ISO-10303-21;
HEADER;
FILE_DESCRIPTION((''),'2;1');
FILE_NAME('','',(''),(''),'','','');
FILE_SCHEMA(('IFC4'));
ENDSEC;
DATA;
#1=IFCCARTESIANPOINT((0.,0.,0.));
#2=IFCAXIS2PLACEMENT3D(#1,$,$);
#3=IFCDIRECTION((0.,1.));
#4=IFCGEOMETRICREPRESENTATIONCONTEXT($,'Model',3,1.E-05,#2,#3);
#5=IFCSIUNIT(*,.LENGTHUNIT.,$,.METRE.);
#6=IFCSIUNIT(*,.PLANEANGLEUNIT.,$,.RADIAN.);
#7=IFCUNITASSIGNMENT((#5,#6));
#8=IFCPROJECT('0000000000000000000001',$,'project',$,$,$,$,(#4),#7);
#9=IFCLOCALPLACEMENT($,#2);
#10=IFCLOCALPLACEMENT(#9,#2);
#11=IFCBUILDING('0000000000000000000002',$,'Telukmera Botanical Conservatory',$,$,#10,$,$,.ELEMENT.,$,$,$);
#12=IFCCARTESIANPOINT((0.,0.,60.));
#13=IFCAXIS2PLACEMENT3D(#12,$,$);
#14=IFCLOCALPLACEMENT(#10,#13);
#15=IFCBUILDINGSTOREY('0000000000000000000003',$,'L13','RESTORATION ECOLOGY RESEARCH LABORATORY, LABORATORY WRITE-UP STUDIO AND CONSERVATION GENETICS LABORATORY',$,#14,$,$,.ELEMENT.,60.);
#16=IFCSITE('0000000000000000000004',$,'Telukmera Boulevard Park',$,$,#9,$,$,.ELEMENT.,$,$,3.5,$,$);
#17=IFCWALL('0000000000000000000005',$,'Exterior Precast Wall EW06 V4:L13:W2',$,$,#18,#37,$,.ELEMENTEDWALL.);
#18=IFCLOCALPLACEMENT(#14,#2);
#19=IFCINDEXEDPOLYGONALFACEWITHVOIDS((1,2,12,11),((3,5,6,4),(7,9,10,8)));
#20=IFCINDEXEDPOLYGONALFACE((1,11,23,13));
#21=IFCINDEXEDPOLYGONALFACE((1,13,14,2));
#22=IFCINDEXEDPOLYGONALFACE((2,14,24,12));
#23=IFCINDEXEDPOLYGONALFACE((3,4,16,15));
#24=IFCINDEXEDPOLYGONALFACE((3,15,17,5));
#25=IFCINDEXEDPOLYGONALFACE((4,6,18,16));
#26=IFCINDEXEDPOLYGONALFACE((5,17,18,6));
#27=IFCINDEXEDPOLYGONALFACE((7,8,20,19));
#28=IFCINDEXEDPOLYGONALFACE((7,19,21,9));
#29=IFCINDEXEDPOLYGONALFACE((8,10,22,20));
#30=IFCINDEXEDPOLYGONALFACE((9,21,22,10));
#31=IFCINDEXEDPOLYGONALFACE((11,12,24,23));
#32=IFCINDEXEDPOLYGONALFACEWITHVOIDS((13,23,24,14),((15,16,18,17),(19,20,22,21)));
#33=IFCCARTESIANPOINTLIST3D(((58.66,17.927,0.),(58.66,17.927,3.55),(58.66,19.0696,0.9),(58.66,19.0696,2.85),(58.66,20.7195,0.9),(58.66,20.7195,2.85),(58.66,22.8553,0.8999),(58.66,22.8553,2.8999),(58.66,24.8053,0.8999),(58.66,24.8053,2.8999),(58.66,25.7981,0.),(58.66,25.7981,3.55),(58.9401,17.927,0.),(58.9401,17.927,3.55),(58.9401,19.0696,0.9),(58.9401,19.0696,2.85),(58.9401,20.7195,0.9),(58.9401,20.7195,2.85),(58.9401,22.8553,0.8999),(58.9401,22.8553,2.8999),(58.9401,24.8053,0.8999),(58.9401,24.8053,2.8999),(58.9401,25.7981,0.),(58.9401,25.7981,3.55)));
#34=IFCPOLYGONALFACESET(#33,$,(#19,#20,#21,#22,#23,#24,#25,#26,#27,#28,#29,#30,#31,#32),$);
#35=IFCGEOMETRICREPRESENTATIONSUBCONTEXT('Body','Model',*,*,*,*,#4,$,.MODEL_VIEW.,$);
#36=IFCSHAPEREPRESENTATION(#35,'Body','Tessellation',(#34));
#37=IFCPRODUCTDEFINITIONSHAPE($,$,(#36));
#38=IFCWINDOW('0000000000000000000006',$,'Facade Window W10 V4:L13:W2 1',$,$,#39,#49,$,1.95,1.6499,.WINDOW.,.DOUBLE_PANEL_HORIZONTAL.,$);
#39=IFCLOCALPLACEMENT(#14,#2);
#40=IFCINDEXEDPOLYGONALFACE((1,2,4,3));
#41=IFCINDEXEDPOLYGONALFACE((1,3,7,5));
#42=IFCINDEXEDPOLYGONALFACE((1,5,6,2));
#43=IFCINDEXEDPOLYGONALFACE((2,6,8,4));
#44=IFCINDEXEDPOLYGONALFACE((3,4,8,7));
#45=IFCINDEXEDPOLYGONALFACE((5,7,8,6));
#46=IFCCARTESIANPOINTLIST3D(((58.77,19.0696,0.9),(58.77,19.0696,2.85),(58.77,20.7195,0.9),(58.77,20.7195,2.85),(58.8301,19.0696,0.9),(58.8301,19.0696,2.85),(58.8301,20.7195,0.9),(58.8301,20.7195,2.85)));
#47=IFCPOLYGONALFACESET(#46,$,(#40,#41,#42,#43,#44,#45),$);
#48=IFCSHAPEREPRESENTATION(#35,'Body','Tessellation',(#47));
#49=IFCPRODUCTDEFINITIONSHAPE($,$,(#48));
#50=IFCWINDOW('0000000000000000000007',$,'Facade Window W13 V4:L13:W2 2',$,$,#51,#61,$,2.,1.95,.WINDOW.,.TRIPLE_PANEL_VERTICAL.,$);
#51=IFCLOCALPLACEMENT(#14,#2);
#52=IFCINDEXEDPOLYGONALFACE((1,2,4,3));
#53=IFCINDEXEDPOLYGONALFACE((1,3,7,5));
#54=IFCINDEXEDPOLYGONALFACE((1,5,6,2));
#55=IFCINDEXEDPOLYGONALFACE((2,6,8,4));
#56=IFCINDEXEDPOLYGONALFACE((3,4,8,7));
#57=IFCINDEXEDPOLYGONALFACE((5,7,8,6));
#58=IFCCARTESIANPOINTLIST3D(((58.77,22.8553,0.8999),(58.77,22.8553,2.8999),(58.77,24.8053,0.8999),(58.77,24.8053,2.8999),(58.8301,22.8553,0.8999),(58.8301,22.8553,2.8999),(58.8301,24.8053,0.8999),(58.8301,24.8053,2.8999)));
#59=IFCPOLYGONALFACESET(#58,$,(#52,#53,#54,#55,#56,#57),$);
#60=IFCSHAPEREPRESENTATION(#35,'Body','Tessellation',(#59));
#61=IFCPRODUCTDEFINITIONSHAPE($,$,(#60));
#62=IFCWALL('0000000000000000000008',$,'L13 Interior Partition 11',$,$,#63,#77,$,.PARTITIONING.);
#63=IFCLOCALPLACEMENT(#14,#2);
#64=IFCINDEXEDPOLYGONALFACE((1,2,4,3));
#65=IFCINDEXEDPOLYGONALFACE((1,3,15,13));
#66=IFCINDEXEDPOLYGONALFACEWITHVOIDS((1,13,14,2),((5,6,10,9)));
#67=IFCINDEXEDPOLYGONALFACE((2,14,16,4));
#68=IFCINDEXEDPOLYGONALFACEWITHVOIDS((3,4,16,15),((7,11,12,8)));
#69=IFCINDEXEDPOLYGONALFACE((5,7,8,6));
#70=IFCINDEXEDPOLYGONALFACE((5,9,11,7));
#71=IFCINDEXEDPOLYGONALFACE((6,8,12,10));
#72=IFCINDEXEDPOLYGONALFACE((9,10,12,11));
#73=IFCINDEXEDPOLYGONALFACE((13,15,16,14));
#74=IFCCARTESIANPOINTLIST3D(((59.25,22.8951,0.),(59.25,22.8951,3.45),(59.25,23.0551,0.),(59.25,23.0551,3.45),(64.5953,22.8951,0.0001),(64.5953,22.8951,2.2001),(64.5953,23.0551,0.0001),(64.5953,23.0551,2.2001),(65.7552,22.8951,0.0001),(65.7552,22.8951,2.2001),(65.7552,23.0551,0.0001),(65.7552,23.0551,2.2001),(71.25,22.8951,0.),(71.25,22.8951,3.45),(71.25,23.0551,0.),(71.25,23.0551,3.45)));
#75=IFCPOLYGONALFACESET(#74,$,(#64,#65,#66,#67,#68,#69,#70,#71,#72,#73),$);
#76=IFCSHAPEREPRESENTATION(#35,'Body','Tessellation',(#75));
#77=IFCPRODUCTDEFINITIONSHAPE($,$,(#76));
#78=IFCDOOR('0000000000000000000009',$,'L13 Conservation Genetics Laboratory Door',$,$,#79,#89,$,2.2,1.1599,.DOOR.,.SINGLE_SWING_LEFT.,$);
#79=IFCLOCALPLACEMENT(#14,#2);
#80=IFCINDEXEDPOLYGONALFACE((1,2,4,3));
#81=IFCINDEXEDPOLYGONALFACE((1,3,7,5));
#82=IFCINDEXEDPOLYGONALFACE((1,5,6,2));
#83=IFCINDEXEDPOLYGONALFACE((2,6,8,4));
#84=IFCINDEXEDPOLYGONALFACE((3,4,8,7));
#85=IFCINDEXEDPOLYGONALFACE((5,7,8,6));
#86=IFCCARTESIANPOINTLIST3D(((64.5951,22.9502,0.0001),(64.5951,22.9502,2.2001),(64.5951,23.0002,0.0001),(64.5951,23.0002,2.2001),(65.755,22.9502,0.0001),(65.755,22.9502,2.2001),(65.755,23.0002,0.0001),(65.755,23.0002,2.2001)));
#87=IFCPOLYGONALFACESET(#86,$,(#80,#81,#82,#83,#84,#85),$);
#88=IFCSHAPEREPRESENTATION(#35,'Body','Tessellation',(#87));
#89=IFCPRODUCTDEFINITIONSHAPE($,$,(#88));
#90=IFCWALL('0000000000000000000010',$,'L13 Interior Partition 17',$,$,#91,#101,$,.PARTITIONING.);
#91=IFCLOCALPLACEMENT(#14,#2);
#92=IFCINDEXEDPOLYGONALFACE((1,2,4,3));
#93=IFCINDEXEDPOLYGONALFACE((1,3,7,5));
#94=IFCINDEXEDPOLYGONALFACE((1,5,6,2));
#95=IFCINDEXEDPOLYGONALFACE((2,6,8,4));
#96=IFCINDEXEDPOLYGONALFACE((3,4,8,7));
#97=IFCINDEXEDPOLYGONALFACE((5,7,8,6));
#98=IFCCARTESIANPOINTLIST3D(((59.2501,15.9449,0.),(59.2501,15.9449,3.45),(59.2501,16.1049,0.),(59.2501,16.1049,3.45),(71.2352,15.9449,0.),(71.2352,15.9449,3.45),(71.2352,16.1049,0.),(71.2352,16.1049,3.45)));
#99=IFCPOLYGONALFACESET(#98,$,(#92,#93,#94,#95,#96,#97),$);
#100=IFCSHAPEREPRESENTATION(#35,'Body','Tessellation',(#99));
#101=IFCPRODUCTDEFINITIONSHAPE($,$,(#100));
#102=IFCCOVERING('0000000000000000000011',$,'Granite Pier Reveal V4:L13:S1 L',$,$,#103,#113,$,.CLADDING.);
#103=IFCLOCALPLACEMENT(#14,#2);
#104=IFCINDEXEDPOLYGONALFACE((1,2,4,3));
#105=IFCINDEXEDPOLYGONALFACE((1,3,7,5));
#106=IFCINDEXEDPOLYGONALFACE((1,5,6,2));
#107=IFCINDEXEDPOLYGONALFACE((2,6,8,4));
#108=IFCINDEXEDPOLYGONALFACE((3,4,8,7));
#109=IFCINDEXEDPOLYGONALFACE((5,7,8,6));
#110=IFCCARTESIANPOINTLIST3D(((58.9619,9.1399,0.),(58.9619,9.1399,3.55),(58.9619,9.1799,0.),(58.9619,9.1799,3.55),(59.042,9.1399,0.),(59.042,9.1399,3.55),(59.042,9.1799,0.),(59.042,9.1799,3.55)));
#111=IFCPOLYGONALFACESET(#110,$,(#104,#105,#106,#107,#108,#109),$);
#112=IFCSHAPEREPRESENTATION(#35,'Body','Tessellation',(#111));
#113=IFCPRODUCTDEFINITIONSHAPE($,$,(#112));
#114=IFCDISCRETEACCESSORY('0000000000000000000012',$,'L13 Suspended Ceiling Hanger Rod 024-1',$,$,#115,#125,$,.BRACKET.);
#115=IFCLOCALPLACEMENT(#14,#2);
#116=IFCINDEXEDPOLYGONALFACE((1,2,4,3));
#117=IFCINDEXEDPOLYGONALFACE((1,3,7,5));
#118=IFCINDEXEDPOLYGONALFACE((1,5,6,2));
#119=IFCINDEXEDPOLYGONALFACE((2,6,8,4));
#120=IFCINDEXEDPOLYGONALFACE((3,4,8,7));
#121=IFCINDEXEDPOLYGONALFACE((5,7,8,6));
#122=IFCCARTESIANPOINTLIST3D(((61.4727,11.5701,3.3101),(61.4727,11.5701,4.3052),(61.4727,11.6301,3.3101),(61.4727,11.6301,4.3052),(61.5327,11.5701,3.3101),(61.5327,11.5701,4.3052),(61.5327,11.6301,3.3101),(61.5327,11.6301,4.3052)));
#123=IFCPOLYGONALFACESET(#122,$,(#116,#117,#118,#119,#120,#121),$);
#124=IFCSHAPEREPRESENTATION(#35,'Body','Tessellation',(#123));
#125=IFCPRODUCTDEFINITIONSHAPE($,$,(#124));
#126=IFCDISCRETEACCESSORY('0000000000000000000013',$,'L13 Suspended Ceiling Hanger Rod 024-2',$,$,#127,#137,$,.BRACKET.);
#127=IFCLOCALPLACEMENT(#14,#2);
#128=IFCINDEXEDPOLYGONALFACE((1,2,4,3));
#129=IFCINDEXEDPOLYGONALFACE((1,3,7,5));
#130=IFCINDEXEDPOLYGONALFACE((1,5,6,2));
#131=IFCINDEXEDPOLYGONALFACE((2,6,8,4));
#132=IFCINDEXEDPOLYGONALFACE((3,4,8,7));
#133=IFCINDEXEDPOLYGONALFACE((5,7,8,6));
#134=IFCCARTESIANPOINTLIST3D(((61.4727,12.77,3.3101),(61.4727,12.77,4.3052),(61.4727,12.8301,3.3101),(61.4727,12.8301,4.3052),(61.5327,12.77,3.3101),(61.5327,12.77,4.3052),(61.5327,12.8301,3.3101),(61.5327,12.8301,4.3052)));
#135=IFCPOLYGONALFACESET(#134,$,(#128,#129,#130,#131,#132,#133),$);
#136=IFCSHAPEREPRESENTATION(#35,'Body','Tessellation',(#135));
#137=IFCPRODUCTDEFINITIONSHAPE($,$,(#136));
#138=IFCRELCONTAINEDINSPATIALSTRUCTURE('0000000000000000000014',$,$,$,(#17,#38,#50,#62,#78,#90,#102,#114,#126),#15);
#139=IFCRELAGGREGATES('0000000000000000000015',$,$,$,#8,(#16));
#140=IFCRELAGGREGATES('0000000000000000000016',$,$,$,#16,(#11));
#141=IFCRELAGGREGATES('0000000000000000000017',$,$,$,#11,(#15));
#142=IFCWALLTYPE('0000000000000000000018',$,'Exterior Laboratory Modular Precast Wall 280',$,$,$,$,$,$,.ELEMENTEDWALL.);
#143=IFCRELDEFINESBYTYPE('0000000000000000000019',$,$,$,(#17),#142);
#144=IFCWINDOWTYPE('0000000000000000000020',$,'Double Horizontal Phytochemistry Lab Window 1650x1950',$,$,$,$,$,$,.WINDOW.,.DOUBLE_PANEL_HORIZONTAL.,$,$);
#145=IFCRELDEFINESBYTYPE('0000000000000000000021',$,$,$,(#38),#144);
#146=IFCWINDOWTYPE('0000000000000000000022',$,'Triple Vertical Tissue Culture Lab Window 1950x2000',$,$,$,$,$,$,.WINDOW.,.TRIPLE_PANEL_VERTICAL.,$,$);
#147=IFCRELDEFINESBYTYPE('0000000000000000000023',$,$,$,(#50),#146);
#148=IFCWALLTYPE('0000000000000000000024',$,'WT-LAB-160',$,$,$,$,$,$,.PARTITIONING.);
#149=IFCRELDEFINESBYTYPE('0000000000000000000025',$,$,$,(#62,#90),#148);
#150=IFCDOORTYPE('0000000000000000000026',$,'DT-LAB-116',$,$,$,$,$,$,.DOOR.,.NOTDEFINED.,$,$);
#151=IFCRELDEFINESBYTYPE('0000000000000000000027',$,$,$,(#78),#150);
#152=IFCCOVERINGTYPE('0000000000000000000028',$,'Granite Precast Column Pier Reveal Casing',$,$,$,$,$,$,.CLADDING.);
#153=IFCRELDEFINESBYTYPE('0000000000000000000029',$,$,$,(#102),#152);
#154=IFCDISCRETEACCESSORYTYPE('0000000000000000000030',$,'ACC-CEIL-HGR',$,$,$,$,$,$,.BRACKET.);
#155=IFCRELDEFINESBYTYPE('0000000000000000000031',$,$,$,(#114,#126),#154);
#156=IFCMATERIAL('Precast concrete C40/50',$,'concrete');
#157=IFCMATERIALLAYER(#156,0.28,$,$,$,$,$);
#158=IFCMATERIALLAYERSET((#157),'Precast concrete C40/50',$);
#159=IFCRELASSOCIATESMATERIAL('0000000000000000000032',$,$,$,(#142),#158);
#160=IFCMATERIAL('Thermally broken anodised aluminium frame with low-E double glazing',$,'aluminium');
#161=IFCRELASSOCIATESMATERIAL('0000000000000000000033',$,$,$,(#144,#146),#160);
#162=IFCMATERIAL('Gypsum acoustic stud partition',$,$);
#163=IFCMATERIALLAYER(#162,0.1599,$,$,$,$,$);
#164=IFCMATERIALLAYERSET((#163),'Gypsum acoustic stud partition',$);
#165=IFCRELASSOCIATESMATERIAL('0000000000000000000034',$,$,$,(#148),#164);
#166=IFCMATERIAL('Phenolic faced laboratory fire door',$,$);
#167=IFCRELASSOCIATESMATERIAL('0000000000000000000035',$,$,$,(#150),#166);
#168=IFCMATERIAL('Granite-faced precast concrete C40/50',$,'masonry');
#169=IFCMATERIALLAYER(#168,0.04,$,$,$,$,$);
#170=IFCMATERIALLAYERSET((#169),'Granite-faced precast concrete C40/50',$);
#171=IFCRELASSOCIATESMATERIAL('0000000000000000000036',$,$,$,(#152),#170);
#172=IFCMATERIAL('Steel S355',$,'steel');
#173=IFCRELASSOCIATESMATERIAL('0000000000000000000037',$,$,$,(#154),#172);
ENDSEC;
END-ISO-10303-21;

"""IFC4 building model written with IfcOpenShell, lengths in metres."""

from ifc_helpers import new_model, si_unit, direction, frame, frame_2d, origin, origin_2d, place, context, subcontext, project, spatial, rectangle, extrude, material, layer, layer_set, type_object, element, fill, save


model = new_model("IFC4")

# Units and contexts
model_context = context("Model", 3, precision=1e-05, world=origin(), true_north=direction((0.0, 1.0)))
body_context = subcontext(model_context, "Body", "Model", "MODEL_VIEW")
ifc_project = project(units=[si_unit("LENGTHUNIT", "METRE"), si_unit("PLANEANGLEUNIT", "RADIAN")], contexts=[model_context])

# Site, building, storey
site_placement = place(None, origin())
site = spatial("IfcSite", under=ifc_project, at=site_placement, Name="Telukmera Boulevard Park", CompositionType="ELEMENT", RefElevation=3.5)
building_placement = place(site_placement, origin())
building = spatial("IfcBuilding", under=site, at=building_placement, Name="Telukmera Botanical Conservatory", CompositionType="ELEMENT")
storey_placement = place(building_placement, frame((0.0, 0.0, 60.0)))
storey = spatial("IfcBuildingStorey", under=building, at=storey_placement, Name="L13", Description="RESTORATION ECOLOGY RESEARCH LABORATORY, LABORATORY WRITE-UP STUDIO AND CONSERVATION GENETICS LABORATORY", CompositionType="ELEMENT", Elevation=60.0)

# Shared definitions
ifc_material_1 = material(Name="Precast concrete C40/50", Category="concrete")

# Wall, openings, windows
ifc_layer_1 = layer(ifc_material_1, 0.28)
ifc_layer_set_1 = layer_set([ifc_layer_1], Name="Precast concrete C40/50")
wall_type_1 = type_object("IfcWallType", Name="Exterior Laboratory Modular Precast Wall 280", PredefinedType="ELEMENTEDWALL", material=ifc_layer_set_1)
ifc_material_2 = material(Name="Thermally broken anodised aluminium frame with low-E double glazing", Category="aluminium")
window_type_1 = type_object("IfcWindowType", Name="Double Horizontal Phytochemistry Lab Window 1650x1950", PartitioningType="DOUBLE_PANEL_HORIZONTAL", PredefinedType="WINDOW", material=ifc_material_2)
wall_1_placement = place(storey_placement, frame((58.8, 17.927, 0.0), z_axis=(0.0, 0.0, 1.0), x_axis=(0.0, 1.0, 0.0)))
wall_1 = element("IfcWall", 1, at=wall_1_placement, inside=storey, type_object=wall_type_1, Name="Exterior Precast Wall EW06 V4:L13:W2", PredefinedType="ELEMENTEDWALL", context=body_context, shape_type="SweptSolid", body=[
    extrude(rectangle(XDim=7.8711, YDim=0.28, at=frame_2d((3.9355, 0.0))), origin(), (0.0, 0.0, 1.0), 3.55),
])
opening_1_placement = place(wall_1_placement, frame((1.1426, 0.0, 0.8999)))
opening_1 = element("IfcOpeningElement", 2, at=opening_1_placement, cuts=wall_1, PredefinedType="OPENING", context=body_context, shape_type="SweptSolid", body=[
    extrude(rectangle(XDim=1.6499, YDim=1.95, at=frame_2d((0.825, 0.9751))), frame((0.0, 0.1499, 0.0), z_axis=(0.0, -1.0, 0.0), x_axis=(1.0, 0.0, 0.0)), (0.0, 0.0, 1.0), 0.3),
])
opening_2_placement = place(wall_1_placement, frame((4.9282, 0.0, 0.8999)))
opening_2 = element("IfcOpeningElement", 3, at=opening_2_placement, cuts=wall_1, PredefinedType="OPENING", context=body_context, shape_type="SweptSolid", body=[
    extrude(rectangle(XDim=1.95, YDim=2.0, at=frame_2d((0.9751, 1.0))), frame((0.0, 0.1499, 0.0), z_axis=(0.0, -1.0, 0.0), x_axis=(1.0, 0.0, 0.0)), (0.0, 0.0, 1.0), 0.3),
])
window_1_placement = place(opening_1_placement, origin())
window_1 = element("IfcWindow", 4, at=window_1_placement, inside=storey, type_object=window_type_1, Name="Facade Window W10 V4:L13:W2 1", OverallHeight=1.95, OverallWidth=1.6499, PartitioningType="DOUBLE_PANEL_HORIZONTAL", PredefinedType="WINDOW", context=body_context, shape_type="SweptSolid", body=[
    extrude(rectangle(XDim=1.6499, YDim=1.95, at=frame_2d((0.825, 0.9751))), frame((0.0, 0.03, 0.0), z_axis=(0.0, -1.0, 0.0), x_axis=(1.0, 0.0, 0.0)), (0.0, 0.0, 1.0), 0.0601),
])
fill(opening_1, window_1)
window_type_2 = type_object("IfcWindowType", Name="Triple Vertical Tissue Culture Lab Window 1950x2000", PartitioningType="TRIPLE_PANEL_VERTICAL", PredefinedType="WINDOW", material=ifc_material_2)
window_2_placement = place(opening_2_placement, origin())
window_2 = element("IfcWindow", 5, at=window_2_placement, inside=storey, type_object=window_type_2, Name="Facade Window W13 V4:L13:W2 2", OverallHeight=2.0, OverallWidth=1.95, PartitioningType="TRIPLE_PANEL_VERTICAL", PredefinedType="WINDOW", context=body_context, shape_type="SweptSolid", body=[
    extrude(rectangle(XDim=1.95, YDim=2.0, at=frame_2d((0.9751, 1.0))), frame((0.0, 0.03, 0.0), z_axis=(0.0, -1.0, 0.0), x_axis=(1.0, 0.0, 0.0)), (0.0, 0.0, 1.0), 0.0601),
])
fill(opening_2, window_2)

# Wall, opening, door
ifc_material_3 = material(Name="Gypsum acoustic stud partition")
ifc_layer_2 = layer(ifc_material_3, 0.1599)
ifc_layer_set_2 = layer_set([ifc_layer_2], Name="Gypsum acoustic stud partition")
wall_type_2 = type_object("IfcWallType", Name="WT-LAB-160", PredefinedType="PARTITIONING", material=ifc_layer_set_2)
wall_2_placement = place(storey_placement, frame((59.25, 22.9751, 0.0), z_axis=(0.0, 0.0, 1.0), x_axis=(1.0, 0.0, 0.0)))
wall_2 = element("IfcWall", 6, at=wall_2_placement, inside=storey, type_object=wall_type_2, Name="L13 Interior Partition 11", PredefinedType="PARTITIONING", context=body_context, shape_type="SweptSolid", body=[
    extrude(rectangle(XDim=12.0, YDim=0.1599, at=frame_2d((6.0, 0.0))), origin(), (0.0, 0.0, 1.0), 3.45),
])
opening_3_placement = place(wall_2_placement, frame((5.3452, 0.0, 0.0)))
opening_3 = element("IfcOpeningElement", 7, at=opening_3_placement, cuts=wall_2, PredefinedType="OPENING", context=body_context, shape_type="SweptSolid", body=[
    extrude(rectangle(XDim=1.1599, YDim=2.2, at=frame_2d((0.5801, 1.1001))), frame((0.0, 0.0898, 0.0), z_axis=(0.0, -1.0, 0.0), x_axis=(1.0, 0.0, 0.0)), (0.0, 0.0, 1.0), 0.1799),
])
ifc_material_4 = material(Name="Phenolic faced laboratory fire door")
door_type_1 = type_object("IfcDoorType", Name="DT-LAB-116", OperationType="NOTDEFINED", PredefinedType="DOOR", material=ifc_material_4)
door_1_placement = place(opening_3_placement, frame((1.1599, 0.0, 0.0), z_axis=(0.0, 0.0, 1.0), x_axis=(-1.0, 0.0, 0.0)))
door_1 = element("IfcDoor", 8, at=door_1_placement, inside=storey, type_object=door_type_1, Name="L13 Conservation Genetics Laboratory Door", OperationType="SINGLE_SWING_LEFT", OverallHeight=2.2, OverallWidth=1.1599, PredefinedType="DOOR", context=body_context, shape_type="SweptSolid", body=[
    extrude(rectangle(XDim=1.1599, YDim=2.2, at=frame_2d((0.5801, 1.1001))), frame((0.0, 0.0249, 0.0), z_axis=(0.0, -1.0, 0.0), x_axis=(1.0, 0.0, 0.0)), (0.0, 0.0, 1.0), 0.05),
])
fill(opening_3, door_1)

# Wall
wall_3_placement = place(storey_placement, frame((59.25, 16.0249, 0.0), z_axis=(0.0, 0.0, 1.0), x_axis=(1.0, 0.0, 0.0)))
element("IfcWall", 9, at=wall_3_placement, inside=storey, type_object=wall_type_2, Name="L13 Interior Partition 17", PredefinedType="PARTITIONING", context=body_context, shape_type="SweptSolid", body=[
    extrude(rectangle(XDim=11.9851, YDim=0.1599, at=frame_2d((5.9927, 0.0))), origin(), (0.0, 0.0, 1.0), 3.45),
])

# Covering
ifc_material_5 = material(Name="Granite-faced precast concrete C40/50", Category="masonry")
ifc_layer_3 = layer(ifc_material_5, 0.04)
ifc_layer_set_3 = layer_set([ifc_layer_3], Name="Granite-faced precast concrete C40/50")
covering_type = type_object("IfcCoveringType", Name="Granite Precast Column Pier Reveal Casing", PredefinedType="CLADDING", material=ifc_layer_set_3)
covering_placement = place(storey_placement, frame((59.002, 9.1599, 0.0), z_axis=(0.0, 0.0, 1.0), x_axis=(1.0, 0.0, 0.0)))
element("IfcCovering", 10, at=covering_placement, inside=storey, type_object=covering_type, Name="Granite Pier Reveal V4:L13:S1 L", PredefinedType="CLADDING", context=body_context, shape_type="SweptSolid", body=[
    extrude(rectangle(XDim=0.0801, YDim=0.04, at=origin_2d()), origin(), (0.0, 0.0, 1.0), 3.55),
])

# Discrete accessories
ifc_material_6 = material(Name="Steel S355", Category="steel")
discrete_accessory_type = type_object("IfcDiscreteAccessoryType", Name="ACC-CEIL-HGR", PredefinedType="BRACKET", material=ifc_material_6)
for number, where, z_axis, x_axis, name in (
    (11, (61.5027, 11.6001, 3.3101), (0.0, 0.0, 1.0), (1.0, 0.0, 0.0), "L13 Suspended Ceiling Hanger Rod 024-1"),
    (12, (61.5027, 12.8, 3.3101), (0.0, 0.0, 1.0), (1.0, 0.0, 0.0), "L13 Suspended Ceiling Hanger Rod 024-2"),
):
    element("IfcDiscreteAccessory", number, at=place(storey_placement, frame(where, z_axis=z_axis, x_axis=x_axis)), inside=storey, type_object=discrete_accessory_type, Name=name, PredefinedType="BRACKET", context=body_context, shape_type="SweptSolid", body=[
        extrude(rectangle(XDim=0.0601, YDim=0.0601, at=origin_2d()), origin(), (0.0, 0.0, 1.0), 0.9951),
    ])

save(model, "model.ifc")
